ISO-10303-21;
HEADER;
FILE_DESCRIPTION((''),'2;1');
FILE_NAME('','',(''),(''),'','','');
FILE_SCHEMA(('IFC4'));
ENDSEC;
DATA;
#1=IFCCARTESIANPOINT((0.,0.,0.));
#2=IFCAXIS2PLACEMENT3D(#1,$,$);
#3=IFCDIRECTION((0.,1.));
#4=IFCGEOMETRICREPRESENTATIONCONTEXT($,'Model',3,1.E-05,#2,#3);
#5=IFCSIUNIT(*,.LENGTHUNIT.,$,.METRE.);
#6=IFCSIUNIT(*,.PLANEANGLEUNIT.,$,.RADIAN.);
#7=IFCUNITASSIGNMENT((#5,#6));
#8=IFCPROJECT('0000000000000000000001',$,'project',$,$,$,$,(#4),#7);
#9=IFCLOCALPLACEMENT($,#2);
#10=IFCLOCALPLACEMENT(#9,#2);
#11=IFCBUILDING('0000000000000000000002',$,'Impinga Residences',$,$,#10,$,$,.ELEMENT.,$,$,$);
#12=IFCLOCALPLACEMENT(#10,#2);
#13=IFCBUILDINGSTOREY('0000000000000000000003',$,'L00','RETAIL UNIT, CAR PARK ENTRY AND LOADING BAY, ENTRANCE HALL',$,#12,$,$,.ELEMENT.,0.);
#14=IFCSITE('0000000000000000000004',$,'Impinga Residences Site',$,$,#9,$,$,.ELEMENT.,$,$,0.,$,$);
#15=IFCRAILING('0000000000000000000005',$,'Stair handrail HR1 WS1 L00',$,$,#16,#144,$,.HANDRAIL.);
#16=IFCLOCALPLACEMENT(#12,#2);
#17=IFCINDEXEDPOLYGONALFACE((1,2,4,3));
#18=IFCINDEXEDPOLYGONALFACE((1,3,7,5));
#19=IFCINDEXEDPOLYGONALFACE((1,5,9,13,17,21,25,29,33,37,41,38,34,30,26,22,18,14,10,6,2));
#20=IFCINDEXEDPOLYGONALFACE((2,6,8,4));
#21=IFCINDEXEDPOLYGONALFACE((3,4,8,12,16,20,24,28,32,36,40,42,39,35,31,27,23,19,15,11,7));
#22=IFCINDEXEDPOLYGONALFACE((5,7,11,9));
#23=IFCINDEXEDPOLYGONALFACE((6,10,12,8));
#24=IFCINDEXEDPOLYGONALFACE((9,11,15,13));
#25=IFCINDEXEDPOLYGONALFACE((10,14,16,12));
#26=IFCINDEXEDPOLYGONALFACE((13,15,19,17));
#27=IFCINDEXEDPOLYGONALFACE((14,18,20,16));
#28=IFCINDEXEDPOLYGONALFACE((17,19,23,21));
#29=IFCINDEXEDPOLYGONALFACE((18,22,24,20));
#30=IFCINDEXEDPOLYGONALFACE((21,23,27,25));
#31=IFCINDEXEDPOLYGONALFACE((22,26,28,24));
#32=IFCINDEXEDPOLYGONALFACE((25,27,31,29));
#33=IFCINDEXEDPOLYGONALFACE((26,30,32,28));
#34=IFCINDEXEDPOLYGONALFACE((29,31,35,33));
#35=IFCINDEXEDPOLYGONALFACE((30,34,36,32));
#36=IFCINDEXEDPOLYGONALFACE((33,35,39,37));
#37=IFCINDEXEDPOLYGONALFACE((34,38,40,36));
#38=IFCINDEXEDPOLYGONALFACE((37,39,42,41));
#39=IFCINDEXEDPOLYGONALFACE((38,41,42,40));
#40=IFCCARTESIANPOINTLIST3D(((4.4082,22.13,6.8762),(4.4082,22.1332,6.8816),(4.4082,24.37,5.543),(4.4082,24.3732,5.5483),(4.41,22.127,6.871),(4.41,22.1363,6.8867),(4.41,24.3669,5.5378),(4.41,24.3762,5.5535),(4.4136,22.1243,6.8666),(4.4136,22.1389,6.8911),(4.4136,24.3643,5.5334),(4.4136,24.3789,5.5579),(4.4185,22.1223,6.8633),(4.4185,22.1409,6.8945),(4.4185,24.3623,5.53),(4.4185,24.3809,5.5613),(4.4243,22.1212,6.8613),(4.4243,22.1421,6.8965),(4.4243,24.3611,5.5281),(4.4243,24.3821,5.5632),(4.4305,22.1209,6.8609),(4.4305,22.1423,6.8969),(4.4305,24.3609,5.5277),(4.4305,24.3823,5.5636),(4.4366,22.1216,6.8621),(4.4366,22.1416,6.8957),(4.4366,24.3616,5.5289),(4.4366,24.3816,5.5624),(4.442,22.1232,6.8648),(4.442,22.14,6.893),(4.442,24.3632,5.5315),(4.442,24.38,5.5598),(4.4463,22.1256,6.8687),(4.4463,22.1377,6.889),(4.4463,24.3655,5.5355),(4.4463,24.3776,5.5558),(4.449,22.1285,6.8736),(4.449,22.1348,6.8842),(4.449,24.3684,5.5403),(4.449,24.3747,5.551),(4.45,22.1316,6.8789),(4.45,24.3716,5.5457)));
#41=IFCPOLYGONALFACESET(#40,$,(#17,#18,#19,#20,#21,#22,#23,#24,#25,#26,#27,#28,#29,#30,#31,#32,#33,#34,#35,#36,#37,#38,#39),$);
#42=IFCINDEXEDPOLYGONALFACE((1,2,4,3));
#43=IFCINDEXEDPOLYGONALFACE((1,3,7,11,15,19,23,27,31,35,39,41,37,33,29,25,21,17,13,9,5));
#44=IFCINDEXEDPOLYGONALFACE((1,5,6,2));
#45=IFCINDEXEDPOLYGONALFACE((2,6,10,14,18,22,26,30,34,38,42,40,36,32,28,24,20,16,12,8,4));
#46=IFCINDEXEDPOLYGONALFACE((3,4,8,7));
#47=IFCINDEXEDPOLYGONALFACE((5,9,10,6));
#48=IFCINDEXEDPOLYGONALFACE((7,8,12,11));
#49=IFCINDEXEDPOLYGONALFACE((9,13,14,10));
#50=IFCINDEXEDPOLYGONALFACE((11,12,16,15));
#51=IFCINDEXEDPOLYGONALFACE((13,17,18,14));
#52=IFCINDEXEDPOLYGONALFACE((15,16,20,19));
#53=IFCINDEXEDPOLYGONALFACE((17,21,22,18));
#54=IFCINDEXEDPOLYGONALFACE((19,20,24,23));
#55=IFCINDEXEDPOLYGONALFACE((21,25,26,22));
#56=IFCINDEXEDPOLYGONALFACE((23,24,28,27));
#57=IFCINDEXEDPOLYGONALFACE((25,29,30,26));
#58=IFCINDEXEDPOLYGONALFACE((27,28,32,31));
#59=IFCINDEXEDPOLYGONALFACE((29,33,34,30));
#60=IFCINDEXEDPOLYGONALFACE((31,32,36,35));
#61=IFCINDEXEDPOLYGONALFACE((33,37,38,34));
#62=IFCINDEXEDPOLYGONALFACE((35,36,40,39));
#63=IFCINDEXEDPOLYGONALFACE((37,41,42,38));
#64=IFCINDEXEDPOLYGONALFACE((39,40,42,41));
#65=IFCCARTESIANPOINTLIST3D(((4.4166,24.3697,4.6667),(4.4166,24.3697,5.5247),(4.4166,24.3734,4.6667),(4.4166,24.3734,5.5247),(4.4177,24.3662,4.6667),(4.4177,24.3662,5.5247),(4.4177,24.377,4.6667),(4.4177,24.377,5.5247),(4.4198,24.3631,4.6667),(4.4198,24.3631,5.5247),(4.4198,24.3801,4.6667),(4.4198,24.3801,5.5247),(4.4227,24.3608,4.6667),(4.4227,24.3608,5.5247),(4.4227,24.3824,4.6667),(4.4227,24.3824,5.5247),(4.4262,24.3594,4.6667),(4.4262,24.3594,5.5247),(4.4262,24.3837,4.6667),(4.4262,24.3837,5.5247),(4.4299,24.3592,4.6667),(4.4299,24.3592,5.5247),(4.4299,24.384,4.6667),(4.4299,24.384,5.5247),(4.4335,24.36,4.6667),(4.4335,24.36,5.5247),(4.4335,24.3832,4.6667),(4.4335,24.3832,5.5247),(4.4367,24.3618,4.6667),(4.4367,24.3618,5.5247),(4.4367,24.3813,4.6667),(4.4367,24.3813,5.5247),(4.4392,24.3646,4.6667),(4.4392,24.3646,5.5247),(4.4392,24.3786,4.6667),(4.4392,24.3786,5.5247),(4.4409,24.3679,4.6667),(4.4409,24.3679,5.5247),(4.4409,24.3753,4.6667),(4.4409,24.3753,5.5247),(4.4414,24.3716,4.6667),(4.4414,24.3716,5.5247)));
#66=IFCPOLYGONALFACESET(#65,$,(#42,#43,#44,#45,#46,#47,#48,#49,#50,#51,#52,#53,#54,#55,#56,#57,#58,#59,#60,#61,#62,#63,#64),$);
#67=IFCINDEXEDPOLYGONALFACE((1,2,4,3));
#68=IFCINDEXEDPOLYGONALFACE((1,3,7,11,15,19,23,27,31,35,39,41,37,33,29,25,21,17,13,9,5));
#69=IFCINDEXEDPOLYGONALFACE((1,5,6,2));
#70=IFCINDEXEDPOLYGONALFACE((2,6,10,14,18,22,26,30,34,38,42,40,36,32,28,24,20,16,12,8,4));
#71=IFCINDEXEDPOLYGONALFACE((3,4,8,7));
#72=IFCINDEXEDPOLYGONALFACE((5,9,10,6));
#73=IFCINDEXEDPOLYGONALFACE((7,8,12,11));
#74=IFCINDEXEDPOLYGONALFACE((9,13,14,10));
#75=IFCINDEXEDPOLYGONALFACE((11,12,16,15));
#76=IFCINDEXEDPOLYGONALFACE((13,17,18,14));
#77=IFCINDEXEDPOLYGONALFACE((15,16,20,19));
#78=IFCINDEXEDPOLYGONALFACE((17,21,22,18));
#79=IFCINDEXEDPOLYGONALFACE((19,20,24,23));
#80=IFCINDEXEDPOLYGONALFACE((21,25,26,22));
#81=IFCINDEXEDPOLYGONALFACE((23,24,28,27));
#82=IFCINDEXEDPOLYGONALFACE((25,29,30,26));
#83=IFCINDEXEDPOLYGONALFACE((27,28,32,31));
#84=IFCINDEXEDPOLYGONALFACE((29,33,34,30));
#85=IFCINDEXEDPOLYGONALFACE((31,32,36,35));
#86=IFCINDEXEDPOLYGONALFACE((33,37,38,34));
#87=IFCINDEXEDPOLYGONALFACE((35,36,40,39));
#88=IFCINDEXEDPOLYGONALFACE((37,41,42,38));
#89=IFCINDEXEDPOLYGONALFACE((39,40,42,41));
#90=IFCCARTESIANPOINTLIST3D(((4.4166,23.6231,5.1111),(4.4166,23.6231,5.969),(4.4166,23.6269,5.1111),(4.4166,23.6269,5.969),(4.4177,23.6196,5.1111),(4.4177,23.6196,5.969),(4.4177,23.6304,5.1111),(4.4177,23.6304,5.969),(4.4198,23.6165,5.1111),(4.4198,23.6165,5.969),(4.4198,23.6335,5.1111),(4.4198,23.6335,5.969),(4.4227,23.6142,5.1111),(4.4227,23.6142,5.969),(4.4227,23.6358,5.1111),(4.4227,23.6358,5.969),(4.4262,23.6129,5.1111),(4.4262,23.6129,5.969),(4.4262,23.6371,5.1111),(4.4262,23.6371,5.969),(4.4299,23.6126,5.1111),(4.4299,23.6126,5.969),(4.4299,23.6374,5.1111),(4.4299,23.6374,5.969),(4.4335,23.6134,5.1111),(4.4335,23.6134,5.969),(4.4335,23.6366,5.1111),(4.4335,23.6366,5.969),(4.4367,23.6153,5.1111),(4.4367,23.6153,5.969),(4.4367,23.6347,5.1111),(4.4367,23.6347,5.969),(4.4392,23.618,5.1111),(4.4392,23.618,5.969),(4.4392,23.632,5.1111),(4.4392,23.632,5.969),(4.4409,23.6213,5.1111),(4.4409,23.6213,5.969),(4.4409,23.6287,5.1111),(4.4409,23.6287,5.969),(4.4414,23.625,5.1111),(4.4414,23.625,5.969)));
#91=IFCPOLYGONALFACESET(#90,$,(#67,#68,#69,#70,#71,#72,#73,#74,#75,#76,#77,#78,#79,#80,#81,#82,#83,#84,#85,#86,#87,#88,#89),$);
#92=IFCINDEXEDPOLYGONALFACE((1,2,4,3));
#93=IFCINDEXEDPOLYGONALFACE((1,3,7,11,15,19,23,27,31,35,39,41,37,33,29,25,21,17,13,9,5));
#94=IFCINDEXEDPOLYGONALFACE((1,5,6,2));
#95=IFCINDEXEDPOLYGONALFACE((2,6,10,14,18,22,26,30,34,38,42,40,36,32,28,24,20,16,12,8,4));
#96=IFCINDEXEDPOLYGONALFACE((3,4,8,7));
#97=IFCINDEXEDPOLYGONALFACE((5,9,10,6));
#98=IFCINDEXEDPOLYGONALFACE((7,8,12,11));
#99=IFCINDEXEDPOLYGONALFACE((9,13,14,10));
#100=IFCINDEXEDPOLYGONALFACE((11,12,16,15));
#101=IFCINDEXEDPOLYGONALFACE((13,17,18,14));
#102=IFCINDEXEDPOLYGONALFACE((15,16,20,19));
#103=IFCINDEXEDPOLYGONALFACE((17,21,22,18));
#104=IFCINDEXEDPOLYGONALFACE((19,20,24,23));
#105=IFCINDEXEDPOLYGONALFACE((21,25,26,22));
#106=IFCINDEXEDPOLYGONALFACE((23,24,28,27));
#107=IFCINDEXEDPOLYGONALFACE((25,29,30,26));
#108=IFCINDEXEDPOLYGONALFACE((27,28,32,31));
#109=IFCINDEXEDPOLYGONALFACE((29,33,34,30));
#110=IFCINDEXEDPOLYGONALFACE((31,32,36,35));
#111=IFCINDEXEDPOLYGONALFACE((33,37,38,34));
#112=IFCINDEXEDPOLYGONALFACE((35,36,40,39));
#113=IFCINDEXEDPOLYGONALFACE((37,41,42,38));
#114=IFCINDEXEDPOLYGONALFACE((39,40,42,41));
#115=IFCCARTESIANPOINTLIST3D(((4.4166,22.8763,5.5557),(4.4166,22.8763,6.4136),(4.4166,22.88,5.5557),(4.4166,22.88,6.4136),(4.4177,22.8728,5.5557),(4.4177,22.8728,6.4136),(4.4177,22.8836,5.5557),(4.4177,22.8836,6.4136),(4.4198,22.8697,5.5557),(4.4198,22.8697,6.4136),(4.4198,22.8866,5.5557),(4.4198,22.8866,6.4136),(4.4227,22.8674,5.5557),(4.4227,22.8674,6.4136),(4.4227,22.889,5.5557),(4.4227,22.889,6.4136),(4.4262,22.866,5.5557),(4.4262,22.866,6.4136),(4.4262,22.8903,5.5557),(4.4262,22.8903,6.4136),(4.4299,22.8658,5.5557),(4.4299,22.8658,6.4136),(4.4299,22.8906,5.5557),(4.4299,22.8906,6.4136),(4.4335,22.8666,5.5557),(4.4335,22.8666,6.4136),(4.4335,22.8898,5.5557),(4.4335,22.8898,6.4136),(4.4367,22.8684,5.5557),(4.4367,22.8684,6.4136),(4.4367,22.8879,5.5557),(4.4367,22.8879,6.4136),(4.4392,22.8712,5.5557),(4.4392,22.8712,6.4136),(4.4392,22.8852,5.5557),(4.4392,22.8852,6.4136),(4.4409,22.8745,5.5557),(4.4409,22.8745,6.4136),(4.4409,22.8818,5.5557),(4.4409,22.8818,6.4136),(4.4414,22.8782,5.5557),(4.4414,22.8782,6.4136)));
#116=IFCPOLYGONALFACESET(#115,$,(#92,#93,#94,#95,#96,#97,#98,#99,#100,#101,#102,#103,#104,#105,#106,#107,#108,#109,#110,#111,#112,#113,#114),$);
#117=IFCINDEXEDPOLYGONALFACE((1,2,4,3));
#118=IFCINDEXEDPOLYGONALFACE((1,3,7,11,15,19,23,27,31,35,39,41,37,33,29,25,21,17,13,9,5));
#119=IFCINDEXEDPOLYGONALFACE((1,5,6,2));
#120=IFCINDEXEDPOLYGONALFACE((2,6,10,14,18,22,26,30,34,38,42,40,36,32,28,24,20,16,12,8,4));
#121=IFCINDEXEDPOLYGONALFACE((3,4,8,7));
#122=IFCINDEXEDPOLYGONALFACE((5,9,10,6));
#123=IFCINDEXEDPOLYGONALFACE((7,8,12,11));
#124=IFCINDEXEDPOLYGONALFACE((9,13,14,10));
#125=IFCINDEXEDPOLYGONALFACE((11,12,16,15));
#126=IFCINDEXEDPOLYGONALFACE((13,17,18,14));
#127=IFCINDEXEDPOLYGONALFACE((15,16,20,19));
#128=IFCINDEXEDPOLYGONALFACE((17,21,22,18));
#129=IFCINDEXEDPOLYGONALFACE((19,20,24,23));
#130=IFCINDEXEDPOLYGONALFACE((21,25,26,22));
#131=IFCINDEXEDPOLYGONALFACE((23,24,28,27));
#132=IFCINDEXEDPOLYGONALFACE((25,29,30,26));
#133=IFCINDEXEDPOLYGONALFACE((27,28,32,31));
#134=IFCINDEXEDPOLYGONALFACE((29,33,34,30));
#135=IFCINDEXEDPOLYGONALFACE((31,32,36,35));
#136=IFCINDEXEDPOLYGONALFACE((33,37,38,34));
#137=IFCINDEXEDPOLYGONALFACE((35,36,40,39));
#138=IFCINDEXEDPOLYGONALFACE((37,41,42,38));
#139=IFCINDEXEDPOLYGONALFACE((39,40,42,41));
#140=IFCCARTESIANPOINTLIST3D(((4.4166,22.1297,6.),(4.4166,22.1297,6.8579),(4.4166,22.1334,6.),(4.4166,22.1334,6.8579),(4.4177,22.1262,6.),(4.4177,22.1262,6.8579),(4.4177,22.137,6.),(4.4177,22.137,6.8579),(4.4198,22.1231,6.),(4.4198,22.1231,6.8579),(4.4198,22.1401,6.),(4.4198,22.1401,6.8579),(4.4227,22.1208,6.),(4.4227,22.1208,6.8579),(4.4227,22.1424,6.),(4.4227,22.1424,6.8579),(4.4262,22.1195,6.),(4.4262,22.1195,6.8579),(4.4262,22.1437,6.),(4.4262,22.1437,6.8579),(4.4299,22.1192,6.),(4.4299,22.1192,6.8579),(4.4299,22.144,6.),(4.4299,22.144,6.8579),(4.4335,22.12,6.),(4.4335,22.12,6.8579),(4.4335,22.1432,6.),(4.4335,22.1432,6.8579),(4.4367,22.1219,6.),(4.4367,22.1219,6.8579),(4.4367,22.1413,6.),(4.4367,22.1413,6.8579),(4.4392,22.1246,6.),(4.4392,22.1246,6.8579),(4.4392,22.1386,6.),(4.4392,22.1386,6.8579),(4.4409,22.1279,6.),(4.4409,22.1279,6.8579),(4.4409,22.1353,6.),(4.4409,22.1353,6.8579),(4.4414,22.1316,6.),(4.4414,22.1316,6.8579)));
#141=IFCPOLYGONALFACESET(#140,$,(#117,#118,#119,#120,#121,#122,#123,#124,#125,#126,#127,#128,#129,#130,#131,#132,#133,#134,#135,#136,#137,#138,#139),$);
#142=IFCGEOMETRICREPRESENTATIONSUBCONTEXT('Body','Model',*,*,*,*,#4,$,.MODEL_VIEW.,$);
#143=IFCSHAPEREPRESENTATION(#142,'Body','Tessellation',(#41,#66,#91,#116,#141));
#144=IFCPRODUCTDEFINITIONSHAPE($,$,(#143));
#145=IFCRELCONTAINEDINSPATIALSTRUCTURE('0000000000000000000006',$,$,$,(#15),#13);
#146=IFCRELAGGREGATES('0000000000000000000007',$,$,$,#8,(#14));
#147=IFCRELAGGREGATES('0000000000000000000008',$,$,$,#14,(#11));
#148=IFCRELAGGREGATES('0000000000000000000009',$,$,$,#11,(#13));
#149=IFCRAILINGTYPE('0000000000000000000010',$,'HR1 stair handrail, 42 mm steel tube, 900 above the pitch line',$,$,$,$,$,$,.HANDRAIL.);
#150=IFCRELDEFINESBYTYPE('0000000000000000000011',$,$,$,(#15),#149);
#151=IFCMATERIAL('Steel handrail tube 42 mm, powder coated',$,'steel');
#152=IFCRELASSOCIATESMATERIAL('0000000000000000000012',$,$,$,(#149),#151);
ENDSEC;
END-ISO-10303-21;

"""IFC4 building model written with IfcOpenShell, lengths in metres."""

from ifc_helpers import new_model, si_unit, direction, frame, origin, origin_2d, place, context, subcontext, project, spatial, circle, extrude, material, type_object, element, save


model = new_model("IFC4")

# Units and contexts
model_context = context("Model", 3, precision=1e-05, world=origin(), true_north=direction((0.0, 1.0)))
body_context = subcontext(model_context, "Body", "Model", "MODEL_VIEW")
ifc_project = project(units=[si_unit("LENGTHUNIT", "METRE"), si_unit("PLANEANGLEUNIT", "RADIAN")], contexts=[model_context])

# Site, building, storey
site_placement = place(None, origin())
site = spatial("IfcSite", under=ifc_project, at=site_placement, Name="Impinga Residences Site", CompositionType="ELEMENT", RefElevation=0.0)
building_placement = place(site_placement, origin())
building = spatial("IfcBuilding", under=site, at=building_placement, Name="Impinga Residences", CompositionType="ELEMENT")
storey_placement = place(building_placement, origin())
storey = spatial("IfcBuildingStorey", under=building, at=storey_placement, Name="L00", Description="RETAIL UNIT, CAR PARK ENTRY AND LOADING BAY, ENTRANCE HALL", CompositionType="ELEMENT", Elevation=0.0)

# Railing
ifc_material_1 = material(Name="Steel handrail tube 42 mm, powder coated", Category="steel")
railing_type_1 = type_object("IfcRailingType", Name="HR1 stair handrail, 42 mm steel tube, 900 above the pitch line", PredefinedType="HANDRAIL", material=ifc_material_1)
railing_1_placement = place(storey_placement, frame((4.429, 24.3716, 4.6667)))
element("IfcRailing", 1, at=railing_1_placement, inside=storey, type_object=railing_type_1, Name="Stair handrail HR1 WS1 L00", PredefinedType="HANDRAIL", context=body_context, shape_type="SweptSolid", body=[
    extrude(circle(Radius=0.021, at=origin_2d()), frame((0.0, 0.0, 0.8789), z_axis=(0.0, -0.859306, 0.511462), x_axis=(1.0, 0.0, 0.0)), (0.0, 0.0, 1.0), 2.6067),
    extrude(circle(Radius=0.0125, at=origin_2d()), origin(), (0.0, 0.0, 1.0), 0.8579),
    extrude(circle(Radius=0.0125, at=origin_2d()), frame((0.0, -0.7466, 0.4443)), (0.0, 0.0, 1.0), 0.8579),
    extrude(circle(Radius=0.0125, at=origin_2d()), frame((0.0, -1.4934, 0.8889)), (0.0, 0.0, 1.0), 0.8579),
    extrude(circle(Radius=0.0125, at=origin_2d()), frame((0.0, -2.24, 1.3333)), (0.0, 0.0, 1.0), 0.8579),
])

save(model, "model.ifc")
